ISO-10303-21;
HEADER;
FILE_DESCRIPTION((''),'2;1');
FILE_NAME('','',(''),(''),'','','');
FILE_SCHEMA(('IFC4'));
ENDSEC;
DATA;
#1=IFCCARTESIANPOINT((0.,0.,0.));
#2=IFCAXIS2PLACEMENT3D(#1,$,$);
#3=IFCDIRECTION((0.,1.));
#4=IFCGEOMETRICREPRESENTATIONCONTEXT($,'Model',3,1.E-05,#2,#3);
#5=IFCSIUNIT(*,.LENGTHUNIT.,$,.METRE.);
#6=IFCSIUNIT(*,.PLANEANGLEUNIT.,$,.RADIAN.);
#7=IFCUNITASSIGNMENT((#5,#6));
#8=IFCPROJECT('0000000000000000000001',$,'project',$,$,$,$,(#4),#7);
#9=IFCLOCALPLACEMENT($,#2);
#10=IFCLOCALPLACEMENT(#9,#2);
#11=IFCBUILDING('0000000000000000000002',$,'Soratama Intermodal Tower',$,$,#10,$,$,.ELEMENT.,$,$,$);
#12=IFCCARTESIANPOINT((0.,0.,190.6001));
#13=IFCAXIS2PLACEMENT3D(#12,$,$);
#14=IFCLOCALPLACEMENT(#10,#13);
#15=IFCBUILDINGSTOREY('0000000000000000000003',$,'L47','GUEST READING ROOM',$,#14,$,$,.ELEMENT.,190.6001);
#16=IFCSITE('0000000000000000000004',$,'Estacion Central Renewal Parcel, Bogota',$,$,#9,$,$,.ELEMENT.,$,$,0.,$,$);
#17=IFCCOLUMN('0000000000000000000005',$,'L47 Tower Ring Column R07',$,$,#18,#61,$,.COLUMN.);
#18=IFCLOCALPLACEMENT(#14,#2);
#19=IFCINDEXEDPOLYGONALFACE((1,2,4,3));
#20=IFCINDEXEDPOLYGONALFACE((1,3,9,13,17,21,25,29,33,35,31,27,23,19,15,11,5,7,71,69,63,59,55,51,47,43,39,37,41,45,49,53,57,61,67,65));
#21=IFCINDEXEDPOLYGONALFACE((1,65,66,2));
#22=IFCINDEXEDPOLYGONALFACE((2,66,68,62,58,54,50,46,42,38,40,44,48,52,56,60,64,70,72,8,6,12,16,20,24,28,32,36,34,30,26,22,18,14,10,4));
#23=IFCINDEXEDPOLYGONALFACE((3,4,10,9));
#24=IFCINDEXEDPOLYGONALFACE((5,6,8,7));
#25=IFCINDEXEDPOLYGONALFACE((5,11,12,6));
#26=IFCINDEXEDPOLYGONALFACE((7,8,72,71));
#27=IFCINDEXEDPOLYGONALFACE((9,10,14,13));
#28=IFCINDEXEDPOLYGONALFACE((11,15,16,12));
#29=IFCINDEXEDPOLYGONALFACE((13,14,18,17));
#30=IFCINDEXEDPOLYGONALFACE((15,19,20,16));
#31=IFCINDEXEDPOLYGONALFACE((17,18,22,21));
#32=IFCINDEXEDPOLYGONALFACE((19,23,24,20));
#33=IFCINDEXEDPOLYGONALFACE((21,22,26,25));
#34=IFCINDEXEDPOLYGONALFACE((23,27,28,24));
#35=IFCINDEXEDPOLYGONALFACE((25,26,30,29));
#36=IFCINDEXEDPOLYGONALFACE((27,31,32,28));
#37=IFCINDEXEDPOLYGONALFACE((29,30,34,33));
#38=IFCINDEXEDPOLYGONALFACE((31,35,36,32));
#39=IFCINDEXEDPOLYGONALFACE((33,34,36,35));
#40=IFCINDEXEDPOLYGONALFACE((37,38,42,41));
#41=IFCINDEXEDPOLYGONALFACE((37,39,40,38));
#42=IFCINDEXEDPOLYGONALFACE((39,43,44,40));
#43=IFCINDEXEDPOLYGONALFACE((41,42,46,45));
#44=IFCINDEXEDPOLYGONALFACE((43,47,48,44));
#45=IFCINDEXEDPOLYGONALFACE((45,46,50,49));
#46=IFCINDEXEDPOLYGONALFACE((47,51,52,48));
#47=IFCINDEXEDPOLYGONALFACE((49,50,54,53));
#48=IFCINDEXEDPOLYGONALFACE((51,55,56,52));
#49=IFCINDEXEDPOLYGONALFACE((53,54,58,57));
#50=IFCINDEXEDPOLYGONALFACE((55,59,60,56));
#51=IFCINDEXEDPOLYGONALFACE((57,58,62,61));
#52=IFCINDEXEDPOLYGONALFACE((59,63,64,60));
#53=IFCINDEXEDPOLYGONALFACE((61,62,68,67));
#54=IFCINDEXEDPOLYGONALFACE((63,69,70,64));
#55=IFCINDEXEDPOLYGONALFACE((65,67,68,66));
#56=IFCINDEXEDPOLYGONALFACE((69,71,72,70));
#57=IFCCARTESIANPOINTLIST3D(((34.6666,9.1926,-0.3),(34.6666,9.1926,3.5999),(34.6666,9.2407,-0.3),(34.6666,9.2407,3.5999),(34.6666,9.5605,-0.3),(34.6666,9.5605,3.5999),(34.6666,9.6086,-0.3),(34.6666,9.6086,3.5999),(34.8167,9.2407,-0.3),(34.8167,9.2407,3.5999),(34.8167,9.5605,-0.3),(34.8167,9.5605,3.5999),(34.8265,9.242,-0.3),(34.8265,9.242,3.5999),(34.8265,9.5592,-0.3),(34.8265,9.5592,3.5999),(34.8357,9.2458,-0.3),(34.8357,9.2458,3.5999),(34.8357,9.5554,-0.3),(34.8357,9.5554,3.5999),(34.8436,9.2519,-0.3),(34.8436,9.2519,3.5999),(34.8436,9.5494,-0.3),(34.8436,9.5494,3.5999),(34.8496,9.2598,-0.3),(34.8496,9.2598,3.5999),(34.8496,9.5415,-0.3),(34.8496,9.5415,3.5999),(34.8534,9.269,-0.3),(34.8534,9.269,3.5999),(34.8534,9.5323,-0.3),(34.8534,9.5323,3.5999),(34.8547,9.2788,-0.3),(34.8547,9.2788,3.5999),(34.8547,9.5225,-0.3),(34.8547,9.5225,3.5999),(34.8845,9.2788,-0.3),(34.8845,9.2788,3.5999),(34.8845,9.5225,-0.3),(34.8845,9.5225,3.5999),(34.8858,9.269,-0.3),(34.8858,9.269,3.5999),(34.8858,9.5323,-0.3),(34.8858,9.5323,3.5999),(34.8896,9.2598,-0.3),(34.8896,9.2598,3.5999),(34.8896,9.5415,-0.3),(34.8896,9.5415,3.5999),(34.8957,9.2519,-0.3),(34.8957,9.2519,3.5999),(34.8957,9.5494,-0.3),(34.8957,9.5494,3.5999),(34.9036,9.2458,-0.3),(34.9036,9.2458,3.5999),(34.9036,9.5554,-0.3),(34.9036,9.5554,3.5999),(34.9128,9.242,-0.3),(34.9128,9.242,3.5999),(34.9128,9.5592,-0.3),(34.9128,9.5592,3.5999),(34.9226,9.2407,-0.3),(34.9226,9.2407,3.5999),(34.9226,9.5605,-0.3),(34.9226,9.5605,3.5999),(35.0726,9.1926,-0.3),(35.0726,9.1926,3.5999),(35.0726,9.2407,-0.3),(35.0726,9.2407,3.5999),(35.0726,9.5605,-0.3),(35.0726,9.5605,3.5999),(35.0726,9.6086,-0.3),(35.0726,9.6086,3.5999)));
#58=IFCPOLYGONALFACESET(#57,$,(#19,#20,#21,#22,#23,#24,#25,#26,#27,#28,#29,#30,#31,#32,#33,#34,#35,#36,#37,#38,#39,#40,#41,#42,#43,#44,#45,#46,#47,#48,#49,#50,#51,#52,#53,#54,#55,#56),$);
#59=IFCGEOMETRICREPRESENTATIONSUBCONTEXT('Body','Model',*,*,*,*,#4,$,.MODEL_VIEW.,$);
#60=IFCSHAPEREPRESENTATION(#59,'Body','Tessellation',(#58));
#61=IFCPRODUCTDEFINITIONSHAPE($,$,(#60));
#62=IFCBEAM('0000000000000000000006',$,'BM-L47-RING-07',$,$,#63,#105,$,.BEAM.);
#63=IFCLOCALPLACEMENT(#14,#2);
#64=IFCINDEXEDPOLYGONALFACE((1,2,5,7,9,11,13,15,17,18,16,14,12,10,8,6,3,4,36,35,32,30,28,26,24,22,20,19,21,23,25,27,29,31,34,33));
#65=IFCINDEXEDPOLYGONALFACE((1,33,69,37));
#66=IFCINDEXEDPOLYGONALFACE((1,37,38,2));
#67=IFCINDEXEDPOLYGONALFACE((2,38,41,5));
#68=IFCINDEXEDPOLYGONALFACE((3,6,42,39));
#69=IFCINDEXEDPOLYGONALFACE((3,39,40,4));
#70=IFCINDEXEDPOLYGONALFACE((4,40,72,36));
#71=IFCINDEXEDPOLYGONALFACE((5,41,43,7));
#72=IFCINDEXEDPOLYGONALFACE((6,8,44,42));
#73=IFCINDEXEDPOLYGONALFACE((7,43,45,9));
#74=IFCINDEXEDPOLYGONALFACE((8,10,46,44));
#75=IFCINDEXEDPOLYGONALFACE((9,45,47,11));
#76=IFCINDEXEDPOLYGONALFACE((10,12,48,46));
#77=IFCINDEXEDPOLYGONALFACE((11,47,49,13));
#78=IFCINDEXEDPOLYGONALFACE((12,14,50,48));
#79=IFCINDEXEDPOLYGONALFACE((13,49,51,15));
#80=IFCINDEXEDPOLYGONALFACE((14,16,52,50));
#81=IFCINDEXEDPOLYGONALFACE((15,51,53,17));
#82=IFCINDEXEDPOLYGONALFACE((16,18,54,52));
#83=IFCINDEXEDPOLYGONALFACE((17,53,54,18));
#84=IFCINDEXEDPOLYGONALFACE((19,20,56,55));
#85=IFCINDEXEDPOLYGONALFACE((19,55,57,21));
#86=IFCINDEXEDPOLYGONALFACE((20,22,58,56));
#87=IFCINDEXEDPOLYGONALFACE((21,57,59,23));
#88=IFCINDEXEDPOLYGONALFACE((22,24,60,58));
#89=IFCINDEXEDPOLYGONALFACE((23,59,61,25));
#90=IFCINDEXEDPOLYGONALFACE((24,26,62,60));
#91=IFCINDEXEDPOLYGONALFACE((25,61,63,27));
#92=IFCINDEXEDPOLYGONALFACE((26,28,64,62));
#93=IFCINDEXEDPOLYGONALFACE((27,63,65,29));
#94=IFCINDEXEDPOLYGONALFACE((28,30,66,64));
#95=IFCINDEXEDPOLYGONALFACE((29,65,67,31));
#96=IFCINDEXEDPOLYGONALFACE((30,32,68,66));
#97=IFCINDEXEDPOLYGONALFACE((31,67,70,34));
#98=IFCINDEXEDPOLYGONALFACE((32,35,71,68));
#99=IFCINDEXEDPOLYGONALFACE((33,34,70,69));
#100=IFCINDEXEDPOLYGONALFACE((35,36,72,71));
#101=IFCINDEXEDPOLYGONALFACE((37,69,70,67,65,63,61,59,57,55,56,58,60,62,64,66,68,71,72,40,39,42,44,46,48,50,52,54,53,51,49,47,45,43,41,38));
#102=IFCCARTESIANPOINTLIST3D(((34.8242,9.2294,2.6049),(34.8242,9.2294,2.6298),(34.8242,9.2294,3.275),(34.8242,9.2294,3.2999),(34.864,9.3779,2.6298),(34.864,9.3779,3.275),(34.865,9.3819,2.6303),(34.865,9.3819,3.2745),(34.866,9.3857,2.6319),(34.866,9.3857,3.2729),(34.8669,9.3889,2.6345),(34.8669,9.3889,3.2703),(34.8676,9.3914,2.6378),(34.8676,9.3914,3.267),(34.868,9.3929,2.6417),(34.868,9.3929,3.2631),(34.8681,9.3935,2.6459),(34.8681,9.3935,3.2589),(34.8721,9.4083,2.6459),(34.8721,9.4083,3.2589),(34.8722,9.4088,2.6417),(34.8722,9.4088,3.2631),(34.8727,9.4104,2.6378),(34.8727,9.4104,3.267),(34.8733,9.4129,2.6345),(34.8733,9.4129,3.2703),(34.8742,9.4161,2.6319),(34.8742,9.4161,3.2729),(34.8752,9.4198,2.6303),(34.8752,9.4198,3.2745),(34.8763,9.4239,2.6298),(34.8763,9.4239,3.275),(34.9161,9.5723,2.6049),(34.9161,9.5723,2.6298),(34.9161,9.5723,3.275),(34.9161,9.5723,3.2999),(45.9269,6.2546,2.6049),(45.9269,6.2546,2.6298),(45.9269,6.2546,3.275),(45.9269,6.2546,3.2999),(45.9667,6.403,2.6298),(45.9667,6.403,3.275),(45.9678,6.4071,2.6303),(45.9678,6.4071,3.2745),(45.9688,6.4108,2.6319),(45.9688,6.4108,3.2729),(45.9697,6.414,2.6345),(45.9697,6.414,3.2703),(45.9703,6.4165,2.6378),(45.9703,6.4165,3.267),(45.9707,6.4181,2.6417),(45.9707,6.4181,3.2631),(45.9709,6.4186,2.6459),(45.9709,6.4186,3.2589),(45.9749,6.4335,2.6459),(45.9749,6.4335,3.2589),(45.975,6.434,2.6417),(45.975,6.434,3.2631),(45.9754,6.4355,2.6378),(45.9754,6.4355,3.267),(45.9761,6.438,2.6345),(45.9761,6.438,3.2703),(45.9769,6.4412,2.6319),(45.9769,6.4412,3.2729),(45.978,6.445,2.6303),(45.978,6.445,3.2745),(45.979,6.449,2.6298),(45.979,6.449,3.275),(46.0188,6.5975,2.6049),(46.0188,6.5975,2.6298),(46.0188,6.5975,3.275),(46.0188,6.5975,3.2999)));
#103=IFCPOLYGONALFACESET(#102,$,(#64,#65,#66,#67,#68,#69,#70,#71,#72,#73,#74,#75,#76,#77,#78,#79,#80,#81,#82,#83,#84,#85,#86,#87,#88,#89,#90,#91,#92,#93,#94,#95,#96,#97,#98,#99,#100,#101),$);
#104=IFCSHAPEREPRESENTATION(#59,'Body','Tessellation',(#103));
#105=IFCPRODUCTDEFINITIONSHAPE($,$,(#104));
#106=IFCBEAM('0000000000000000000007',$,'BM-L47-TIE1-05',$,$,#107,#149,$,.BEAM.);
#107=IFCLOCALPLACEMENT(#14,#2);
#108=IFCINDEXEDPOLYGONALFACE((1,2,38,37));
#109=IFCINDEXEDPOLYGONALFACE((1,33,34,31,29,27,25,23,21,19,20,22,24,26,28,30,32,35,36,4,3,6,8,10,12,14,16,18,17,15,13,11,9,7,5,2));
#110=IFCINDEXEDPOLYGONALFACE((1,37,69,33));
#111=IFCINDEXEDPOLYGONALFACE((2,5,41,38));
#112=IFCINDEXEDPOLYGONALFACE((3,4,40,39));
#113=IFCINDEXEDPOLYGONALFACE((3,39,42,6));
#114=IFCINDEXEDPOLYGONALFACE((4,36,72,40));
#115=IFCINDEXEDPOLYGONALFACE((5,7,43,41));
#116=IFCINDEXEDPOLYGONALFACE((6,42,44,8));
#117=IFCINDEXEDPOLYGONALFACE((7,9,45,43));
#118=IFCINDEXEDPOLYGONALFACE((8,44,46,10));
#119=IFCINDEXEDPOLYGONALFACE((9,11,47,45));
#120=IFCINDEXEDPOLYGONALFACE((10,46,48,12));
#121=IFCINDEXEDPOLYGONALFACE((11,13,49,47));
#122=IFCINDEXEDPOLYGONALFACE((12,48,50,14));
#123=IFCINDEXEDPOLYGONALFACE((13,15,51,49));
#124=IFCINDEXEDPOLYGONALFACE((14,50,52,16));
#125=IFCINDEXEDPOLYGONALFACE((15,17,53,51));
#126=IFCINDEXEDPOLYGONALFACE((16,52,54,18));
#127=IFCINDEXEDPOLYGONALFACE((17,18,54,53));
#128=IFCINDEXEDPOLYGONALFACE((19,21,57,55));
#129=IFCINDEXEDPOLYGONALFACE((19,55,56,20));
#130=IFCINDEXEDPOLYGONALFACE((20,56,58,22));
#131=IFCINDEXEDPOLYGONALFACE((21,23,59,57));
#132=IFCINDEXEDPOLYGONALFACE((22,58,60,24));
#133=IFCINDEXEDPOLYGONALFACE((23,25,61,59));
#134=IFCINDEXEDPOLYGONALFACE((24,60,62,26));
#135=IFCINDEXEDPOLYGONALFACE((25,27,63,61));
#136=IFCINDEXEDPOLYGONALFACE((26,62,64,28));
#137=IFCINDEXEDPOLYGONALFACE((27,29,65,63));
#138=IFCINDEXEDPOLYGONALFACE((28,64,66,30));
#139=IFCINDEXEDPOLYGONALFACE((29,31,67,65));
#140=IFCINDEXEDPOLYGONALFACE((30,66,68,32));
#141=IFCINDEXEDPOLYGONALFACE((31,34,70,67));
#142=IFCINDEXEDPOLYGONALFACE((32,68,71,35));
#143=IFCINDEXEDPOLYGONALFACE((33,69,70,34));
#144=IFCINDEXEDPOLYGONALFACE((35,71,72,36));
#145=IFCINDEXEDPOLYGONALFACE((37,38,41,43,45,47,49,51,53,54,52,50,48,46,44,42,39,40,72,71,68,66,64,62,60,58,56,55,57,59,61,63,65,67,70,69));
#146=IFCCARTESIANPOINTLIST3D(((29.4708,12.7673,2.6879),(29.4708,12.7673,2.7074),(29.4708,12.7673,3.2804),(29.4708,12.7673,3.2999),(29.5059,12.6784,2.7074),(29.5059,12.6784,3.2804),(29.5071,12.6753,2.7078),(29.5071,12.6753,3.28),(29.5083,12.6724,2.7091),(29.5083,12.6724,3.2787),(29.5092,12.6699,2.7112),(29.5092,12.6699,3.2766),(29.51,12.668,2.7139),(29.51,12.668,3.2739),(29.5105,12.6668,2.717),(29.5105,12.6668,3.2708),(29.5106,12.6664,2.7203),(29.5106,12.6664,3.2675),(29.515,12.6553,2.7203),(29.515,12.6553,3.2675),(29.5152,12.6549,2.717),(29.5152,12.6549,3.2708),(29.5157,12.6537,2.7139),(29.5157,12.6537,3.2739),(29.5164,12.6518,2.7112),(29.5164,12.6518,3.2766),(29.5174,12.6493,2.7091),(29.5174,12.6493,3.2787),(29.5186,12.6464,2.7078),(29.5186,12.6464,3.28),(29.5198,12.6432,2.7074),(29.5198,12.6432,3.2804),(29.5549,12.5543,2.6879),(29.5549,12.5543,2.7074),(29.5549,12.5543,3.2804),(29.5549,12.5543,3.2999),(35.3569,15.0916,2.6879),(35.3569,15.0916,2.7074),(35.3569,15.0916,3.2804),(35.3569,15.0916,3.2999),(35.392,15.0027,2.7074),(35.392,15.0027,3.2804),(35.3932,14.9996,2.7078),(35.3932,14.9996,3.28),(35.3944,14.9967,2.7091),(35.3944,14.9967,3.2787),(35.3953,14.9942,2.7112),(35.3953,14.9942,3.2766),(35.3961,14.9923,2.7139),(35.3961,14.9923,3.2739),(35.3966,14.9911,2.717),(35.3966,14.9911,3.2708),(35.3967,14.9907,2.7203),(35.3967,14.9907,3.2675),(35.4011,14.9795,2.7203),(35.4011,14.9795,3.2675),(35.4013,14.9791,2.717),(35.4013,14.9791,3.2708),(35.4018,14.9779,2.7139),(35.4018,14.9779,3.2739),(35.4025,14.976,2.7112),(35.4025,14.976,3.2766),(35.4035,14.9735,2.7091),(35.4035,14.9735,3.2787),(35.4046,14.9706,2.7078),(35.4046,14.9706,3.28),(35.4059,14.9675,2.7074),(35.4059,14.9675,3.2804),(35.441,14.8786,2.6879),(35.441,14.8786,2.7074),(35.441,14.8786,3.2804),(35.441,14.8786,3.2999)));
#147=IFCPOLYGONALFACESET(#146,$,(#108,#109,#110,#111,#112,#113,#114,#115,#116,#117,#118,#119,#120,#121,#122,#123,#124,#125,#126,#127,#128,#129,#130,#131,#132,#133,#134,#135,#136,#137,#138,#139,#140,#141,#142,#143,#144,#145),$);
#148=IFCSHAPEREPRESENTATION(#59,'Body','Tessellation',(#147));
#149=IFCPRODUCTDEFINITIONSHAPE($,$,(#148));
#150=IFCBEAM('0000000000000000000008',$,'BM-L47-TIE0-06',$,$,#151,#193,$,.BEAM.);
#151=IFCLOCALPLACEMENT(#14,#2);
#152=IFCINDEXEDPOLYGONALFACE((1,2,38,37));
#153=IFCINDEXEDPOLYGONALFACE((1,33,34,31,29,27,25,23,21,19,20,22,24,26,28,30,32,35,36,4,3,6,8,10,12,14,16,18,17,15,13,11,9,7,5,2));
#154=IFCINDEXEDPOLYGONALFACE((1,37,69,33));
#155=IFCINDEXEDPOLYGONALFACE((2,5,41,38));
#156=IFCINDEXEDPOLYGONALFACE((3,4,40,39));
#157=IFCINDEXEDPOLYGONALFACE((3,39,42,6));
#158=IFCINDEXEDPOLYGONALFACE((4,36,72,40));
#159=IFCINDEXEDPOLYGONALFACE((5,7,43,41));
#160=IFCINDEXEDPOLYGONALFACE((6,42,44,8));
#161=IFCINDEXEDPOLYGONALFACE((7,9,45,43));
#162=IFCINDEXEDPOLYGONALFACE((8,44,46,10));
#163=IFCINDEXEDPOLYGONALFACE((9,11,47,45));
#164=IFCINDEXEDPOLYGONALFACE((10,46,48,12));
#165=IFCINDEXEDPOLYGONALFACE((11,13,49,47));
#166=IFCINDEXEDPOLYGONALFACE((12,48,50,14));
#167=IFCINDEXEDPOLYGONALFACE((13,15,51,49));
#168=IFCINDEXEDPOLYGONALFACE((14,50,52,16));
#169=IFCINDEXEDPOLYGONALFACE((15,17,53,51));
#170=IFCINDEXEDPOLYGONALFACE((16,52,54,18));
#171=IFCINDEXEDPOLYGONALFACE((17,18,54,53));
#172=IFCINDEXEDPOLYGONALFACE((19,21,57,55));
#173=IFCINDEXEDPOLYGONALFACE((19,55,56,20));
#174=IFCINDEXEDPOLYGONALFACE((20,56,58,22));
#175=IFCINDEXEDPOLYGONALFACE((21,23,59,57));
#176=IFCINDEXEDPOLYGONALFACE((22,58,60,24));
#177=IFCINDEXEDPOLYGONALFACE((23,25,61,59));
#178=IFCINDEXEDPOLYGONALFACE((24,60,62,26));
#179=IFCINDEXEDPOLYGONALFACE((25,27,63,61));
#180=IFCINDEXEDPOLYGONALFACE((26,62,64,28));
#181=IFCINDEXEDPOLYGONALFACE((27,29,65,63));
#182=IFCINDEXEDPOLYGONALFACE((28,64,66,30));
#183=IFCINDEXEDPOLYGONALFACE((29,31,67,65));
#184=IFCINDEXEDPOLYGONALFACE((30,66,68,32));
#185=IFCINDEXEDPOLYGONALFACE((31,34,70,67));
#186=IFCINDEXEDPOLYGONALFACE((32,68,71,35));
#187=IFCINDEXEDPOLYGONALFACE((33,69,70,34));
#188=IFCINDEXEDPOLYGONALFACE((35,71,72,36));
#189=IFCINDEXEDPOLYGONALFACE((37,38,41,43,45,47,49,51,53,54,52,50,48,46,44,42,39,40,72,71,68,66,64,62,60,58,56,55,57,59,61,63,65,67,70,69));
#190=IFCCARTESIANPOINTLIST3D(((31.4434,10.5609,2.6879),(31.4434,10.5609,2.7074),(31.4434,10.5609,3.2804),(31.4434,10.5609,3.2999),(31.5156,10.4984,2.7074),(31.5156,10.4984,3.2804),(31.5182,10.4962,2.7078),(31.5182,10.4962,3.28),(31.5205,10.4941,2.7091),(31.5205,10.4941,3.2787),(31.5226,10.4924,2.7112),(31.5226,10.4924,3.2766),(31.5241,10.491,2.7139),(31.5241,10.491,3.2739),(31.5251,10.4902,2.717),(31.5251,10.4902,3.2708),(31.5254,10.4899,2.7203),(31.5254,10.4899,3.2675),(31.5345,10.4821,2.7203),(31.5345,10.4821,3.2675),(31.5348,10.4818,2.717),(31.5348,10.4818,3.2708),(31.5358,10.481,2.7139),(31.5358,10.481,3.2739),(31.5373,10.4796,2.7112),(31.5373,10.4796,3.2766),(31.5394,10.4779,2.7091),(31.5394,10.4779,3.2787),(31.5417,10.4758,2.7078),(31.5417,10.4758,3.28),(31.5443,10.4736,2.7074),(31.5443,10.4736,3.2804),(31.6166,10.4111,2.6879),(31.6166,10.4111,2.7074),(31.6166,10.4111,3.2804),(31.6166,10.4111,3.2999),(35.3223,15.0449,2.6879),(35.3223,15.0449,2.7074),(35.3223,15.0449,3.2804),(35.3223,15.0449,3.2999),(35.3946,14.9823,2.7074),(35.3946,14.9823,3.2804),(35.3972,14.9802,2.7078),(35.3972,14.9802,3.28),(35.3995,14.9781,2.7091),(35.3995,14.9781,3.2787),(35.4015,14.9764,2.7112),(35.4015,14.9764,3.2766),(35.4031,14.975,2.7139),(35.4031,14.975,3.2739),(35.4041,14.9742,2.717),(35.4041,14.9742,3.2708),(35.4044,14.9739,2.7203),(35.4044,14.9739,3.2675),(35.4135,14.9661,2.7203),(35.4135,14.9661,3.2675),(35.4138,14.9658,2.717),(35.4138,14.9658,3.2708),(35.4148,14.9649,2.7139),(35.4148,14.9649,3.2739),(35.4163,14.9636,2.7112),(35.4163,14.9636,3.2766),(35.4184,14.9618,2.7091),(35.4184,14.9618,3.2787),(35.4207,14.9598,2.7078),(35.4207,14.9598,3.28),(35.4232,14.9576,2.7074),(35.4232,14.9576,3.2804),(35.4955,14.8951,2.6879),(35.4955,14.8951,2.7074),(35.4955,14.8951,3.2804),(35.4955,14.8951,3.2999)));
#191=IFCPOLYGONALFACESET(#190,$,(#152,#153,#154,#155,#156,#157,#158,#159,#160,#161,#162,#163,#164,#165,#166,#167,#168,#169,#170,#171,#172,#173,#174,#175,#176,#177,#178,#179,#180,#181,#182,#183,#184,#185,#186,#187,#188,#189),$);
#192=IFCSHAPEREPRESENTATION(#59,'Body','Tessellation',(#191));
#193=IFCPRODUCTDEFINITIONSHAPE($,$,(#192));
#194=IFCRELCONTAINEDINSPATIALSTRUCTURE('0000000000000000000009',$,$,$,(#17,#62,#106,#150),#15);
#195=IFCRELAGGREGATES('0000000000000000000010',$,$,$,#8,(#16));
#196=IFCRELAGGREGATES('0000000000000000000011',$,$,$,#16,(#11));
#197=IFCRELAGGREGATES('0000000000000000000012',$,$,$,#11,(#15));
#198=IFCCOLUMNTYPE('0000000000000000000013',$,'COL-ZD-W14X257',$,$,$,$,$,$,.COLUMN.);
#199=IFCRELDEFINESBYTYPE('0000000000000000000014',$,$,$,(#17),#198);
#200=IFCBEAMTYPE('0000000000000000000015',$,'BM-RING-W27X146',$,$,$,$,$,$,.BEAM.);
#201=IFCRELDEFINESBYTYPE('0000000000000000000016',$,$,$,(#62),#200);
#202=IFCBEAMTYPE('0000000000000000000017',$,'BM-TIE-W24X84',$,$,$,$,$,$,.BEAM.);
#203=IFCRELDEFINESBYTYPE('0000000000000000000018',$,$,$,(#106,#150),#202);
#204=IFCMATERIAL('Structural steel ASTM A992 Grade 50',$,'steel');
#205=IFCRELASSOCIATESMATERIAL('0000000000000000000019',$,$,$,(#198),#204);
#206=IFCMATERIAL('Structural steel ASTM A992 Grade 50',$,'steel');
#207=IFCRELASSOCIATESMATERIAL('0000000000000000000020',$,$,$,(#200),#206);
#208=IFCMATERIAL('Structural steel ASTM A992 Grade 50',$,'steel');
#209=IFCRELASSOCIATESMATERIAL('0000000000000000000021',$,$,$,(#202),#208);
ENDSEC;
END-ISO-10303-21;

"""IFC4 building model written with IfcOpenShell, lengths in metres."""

from ifc_helpers import new_model, si_unit, direction, frame, origin, origin_2d, place, context, subcontext, project, spatial, i_section, extrude, material, material_profile, profile_set, type_object, element, save


model = new_model("IFC4")

# Units and contexts
model_context = context("Model", 3, precision=1e-05, world=origin(), true_north=direction((0.0, 1.0)))
body_context = subcontext(model_context, "Body", "Model", "MODEL_VIEW")
ifc_project = project(units=[si_unit("LENGTHUNIT", "METRE"), si_unit("PLANEANGLEUNIT", "RADIAN")], contexts=[model_context])

# Site, building, storey
site_placement = place(None, origin())
site = spatial("IfcSite", under=ifc_project, at=site_placement, Name="Estacion Central Renewal Parcel, Bogota", CompositionType="ELEMENT", RefElevation=0.0)
building_placement = place(site_placement, origin())
building = spatial("IfcBuilding", under=site, at=building_placement, Name="Soratama Intermodal Tower", CompositionType="ELEMENT")
storey_placement = place(building_placement, frame((0.0, 0.0, 190.6001)))
storey = spatial("IfcBuildingStorey", under=building, at=storey_placement, Name="L47", Description="GUEST READING ROOM", CompositionType="ELEMENT", Elevation=190.6001)

# Column
ifc_material_1 = material(Name="Structural steel ASTM A992 Grade 50", Category="steel")
ifc_material_profile_1 = material_profile(ifc_material_1, i_section(OverallWidth=0.406, OverallDepth=0.416, WebThickness=0.0298, FlangeThickness=0.0481, FilletRadius=0.0381, at=origin_2d()), Name="W14X257")
ifc_profile_set_1 = profile_set([ifc_material_profile_1], Name="Structural steel ASTM A992 Grade 50")
column_type = type_object("IfcColumnType", Name="COL-ZD-W14X257", PredefinedType="COLUMN", material=ifc_profile_set_1)
column_placement = place(storey_placement, frame((34.8696, 9.4006, -0.3), z_axis=(0.0, 0.0, 1.0), x_axis=(1.0, 0.0, 0.0)))
element("IfcColumn", 1, at=column_placement, inside=storey, type_object=column_type, Name="L47 Tower Ring Column R07", PredefinedType="COLUMN", context=body_context, shape_type="SweptSolid", body=[
    extrude(i_section(OverallWidth=0.406, OverallDepth=0.416, WebThickness=0.0298, FlangeThickness=0.0481, FilletRadius=0.0381, at=origin_2d()), origin(), (0.0, 0.0, 1.0), 3.8999),
])

# Beams
ifc_material_2 = material(Name="Structural steel ASTM A992 Grade 50", Category="steel")
ifc_material_profile_2 = material_profile(ifc_material_2, i_section(OverallWidth=0.355, OverallDepth=0.6951, WebThickness=0.0154, FlangeThickness=0.0249, FilletRadius=0.0161, at=origin_2d()), Name="W27X146")
ifc_profile_set_2 = profile_set([ifc_material_profile_2], Name="Structural steel ASTM A992 Grade 50")
beam_type_1 = type_object("IfcBeamType", Name="BM-RING-W27X146", PredefinedType="BEAM", material=ifc_profile_set_2)
beam_1_placement = place(storey_placement, frame((34.8701, 9.4009, 2.9524), z_axis=(0.965929, -0.258809, 0.0), x_axis=(0.258809, 0.965929, 0.0)))
element("IfcBeam", 2, at=beam_1_placement, inside=storey, type_object=beam_type_1, Name="BM-L47-RING-07", PredefinedType="BEAM", context=body_context, shape_type="SweptSolid", body=[
    extrude(i_section(OverallWidth=0.355, OverallDepth=0.6951, WebThickness=0.0154, FlangeThickness=0.0249, FilletRadius=0.0161, at=origin_2d()), origin(), (0.0, 0.0, 1.0), 11.4944),
])
ifc_material_3 = material(Name="Structural steel ASTM A992 Grade 50", Category="steel")
ifc_material_profile_3 = material_profile(ifc_material_3, i_section(OverallWidth=0.229, OverallDepth=0.6121, WebThickness=0.012, FlangeThickness=0.0195, FilletRadius=0.0129, at=origin_2d()), Name="W24X84")
ifc_profile_set_3 = profile_set([ifc_material_profile_3], Name="Structural steel ASTM A992 Grade 50")
beam_type_2 = type_object("IfcBeamType", Name="BM-TIE-W24X84", PredefinedType="BEAM", material=ifc_profile_set_3)
beam_2_placement = place(storey_placement, frame((35.3989, 14.9851, 2.9939), z_axis=(-0.930112, -0.367276, 0.0), x_axis=(0.367276, -0.930112, 0.0)))
element("IfcBeam", 3, at=beam_2_placement, inside=storey, type_object=beam_type_2, Name="BM-L47-TIE1-05", PredefinedType="BEAM", context=body_context, shape_type="SweptSolid", body=[
    extrude(i_section(OverallWidth=0.229, OverallDepth=0.6121, WebThickness=0.012, FlangeThickness=0.0195, FilletRadius=0.0129, at=origin_2d()), origin(), (0.0, 0.0, 1.0), 6.3284),
])
beam_3_placement = place(storey_placement, frame((35.4089, 14.97, 2.9939), z_axis=(-0.654244, -0.756284, 0.0), x_axis=(0.756284, -0.654244, 0.0)))
element("IfcBeam", 4, at=beam_3_placement, inside=storey, type_object=beam_type_2, Name="BM-L47-TIE0-06", PredefinedType="BEAM", context=body_context, shape_type="SweptSolid", body=[
    extrude(i_section(OverallWidth=0.229, OverallDepth=0.6121, WebThickness=0.012, FlangeThickness=0.0195, FilletRadius=0.0129, at=origin_2d()), origin(), (0.0, 0.0, 1.0), 5.929),
])

save(model, "model.ifc")
